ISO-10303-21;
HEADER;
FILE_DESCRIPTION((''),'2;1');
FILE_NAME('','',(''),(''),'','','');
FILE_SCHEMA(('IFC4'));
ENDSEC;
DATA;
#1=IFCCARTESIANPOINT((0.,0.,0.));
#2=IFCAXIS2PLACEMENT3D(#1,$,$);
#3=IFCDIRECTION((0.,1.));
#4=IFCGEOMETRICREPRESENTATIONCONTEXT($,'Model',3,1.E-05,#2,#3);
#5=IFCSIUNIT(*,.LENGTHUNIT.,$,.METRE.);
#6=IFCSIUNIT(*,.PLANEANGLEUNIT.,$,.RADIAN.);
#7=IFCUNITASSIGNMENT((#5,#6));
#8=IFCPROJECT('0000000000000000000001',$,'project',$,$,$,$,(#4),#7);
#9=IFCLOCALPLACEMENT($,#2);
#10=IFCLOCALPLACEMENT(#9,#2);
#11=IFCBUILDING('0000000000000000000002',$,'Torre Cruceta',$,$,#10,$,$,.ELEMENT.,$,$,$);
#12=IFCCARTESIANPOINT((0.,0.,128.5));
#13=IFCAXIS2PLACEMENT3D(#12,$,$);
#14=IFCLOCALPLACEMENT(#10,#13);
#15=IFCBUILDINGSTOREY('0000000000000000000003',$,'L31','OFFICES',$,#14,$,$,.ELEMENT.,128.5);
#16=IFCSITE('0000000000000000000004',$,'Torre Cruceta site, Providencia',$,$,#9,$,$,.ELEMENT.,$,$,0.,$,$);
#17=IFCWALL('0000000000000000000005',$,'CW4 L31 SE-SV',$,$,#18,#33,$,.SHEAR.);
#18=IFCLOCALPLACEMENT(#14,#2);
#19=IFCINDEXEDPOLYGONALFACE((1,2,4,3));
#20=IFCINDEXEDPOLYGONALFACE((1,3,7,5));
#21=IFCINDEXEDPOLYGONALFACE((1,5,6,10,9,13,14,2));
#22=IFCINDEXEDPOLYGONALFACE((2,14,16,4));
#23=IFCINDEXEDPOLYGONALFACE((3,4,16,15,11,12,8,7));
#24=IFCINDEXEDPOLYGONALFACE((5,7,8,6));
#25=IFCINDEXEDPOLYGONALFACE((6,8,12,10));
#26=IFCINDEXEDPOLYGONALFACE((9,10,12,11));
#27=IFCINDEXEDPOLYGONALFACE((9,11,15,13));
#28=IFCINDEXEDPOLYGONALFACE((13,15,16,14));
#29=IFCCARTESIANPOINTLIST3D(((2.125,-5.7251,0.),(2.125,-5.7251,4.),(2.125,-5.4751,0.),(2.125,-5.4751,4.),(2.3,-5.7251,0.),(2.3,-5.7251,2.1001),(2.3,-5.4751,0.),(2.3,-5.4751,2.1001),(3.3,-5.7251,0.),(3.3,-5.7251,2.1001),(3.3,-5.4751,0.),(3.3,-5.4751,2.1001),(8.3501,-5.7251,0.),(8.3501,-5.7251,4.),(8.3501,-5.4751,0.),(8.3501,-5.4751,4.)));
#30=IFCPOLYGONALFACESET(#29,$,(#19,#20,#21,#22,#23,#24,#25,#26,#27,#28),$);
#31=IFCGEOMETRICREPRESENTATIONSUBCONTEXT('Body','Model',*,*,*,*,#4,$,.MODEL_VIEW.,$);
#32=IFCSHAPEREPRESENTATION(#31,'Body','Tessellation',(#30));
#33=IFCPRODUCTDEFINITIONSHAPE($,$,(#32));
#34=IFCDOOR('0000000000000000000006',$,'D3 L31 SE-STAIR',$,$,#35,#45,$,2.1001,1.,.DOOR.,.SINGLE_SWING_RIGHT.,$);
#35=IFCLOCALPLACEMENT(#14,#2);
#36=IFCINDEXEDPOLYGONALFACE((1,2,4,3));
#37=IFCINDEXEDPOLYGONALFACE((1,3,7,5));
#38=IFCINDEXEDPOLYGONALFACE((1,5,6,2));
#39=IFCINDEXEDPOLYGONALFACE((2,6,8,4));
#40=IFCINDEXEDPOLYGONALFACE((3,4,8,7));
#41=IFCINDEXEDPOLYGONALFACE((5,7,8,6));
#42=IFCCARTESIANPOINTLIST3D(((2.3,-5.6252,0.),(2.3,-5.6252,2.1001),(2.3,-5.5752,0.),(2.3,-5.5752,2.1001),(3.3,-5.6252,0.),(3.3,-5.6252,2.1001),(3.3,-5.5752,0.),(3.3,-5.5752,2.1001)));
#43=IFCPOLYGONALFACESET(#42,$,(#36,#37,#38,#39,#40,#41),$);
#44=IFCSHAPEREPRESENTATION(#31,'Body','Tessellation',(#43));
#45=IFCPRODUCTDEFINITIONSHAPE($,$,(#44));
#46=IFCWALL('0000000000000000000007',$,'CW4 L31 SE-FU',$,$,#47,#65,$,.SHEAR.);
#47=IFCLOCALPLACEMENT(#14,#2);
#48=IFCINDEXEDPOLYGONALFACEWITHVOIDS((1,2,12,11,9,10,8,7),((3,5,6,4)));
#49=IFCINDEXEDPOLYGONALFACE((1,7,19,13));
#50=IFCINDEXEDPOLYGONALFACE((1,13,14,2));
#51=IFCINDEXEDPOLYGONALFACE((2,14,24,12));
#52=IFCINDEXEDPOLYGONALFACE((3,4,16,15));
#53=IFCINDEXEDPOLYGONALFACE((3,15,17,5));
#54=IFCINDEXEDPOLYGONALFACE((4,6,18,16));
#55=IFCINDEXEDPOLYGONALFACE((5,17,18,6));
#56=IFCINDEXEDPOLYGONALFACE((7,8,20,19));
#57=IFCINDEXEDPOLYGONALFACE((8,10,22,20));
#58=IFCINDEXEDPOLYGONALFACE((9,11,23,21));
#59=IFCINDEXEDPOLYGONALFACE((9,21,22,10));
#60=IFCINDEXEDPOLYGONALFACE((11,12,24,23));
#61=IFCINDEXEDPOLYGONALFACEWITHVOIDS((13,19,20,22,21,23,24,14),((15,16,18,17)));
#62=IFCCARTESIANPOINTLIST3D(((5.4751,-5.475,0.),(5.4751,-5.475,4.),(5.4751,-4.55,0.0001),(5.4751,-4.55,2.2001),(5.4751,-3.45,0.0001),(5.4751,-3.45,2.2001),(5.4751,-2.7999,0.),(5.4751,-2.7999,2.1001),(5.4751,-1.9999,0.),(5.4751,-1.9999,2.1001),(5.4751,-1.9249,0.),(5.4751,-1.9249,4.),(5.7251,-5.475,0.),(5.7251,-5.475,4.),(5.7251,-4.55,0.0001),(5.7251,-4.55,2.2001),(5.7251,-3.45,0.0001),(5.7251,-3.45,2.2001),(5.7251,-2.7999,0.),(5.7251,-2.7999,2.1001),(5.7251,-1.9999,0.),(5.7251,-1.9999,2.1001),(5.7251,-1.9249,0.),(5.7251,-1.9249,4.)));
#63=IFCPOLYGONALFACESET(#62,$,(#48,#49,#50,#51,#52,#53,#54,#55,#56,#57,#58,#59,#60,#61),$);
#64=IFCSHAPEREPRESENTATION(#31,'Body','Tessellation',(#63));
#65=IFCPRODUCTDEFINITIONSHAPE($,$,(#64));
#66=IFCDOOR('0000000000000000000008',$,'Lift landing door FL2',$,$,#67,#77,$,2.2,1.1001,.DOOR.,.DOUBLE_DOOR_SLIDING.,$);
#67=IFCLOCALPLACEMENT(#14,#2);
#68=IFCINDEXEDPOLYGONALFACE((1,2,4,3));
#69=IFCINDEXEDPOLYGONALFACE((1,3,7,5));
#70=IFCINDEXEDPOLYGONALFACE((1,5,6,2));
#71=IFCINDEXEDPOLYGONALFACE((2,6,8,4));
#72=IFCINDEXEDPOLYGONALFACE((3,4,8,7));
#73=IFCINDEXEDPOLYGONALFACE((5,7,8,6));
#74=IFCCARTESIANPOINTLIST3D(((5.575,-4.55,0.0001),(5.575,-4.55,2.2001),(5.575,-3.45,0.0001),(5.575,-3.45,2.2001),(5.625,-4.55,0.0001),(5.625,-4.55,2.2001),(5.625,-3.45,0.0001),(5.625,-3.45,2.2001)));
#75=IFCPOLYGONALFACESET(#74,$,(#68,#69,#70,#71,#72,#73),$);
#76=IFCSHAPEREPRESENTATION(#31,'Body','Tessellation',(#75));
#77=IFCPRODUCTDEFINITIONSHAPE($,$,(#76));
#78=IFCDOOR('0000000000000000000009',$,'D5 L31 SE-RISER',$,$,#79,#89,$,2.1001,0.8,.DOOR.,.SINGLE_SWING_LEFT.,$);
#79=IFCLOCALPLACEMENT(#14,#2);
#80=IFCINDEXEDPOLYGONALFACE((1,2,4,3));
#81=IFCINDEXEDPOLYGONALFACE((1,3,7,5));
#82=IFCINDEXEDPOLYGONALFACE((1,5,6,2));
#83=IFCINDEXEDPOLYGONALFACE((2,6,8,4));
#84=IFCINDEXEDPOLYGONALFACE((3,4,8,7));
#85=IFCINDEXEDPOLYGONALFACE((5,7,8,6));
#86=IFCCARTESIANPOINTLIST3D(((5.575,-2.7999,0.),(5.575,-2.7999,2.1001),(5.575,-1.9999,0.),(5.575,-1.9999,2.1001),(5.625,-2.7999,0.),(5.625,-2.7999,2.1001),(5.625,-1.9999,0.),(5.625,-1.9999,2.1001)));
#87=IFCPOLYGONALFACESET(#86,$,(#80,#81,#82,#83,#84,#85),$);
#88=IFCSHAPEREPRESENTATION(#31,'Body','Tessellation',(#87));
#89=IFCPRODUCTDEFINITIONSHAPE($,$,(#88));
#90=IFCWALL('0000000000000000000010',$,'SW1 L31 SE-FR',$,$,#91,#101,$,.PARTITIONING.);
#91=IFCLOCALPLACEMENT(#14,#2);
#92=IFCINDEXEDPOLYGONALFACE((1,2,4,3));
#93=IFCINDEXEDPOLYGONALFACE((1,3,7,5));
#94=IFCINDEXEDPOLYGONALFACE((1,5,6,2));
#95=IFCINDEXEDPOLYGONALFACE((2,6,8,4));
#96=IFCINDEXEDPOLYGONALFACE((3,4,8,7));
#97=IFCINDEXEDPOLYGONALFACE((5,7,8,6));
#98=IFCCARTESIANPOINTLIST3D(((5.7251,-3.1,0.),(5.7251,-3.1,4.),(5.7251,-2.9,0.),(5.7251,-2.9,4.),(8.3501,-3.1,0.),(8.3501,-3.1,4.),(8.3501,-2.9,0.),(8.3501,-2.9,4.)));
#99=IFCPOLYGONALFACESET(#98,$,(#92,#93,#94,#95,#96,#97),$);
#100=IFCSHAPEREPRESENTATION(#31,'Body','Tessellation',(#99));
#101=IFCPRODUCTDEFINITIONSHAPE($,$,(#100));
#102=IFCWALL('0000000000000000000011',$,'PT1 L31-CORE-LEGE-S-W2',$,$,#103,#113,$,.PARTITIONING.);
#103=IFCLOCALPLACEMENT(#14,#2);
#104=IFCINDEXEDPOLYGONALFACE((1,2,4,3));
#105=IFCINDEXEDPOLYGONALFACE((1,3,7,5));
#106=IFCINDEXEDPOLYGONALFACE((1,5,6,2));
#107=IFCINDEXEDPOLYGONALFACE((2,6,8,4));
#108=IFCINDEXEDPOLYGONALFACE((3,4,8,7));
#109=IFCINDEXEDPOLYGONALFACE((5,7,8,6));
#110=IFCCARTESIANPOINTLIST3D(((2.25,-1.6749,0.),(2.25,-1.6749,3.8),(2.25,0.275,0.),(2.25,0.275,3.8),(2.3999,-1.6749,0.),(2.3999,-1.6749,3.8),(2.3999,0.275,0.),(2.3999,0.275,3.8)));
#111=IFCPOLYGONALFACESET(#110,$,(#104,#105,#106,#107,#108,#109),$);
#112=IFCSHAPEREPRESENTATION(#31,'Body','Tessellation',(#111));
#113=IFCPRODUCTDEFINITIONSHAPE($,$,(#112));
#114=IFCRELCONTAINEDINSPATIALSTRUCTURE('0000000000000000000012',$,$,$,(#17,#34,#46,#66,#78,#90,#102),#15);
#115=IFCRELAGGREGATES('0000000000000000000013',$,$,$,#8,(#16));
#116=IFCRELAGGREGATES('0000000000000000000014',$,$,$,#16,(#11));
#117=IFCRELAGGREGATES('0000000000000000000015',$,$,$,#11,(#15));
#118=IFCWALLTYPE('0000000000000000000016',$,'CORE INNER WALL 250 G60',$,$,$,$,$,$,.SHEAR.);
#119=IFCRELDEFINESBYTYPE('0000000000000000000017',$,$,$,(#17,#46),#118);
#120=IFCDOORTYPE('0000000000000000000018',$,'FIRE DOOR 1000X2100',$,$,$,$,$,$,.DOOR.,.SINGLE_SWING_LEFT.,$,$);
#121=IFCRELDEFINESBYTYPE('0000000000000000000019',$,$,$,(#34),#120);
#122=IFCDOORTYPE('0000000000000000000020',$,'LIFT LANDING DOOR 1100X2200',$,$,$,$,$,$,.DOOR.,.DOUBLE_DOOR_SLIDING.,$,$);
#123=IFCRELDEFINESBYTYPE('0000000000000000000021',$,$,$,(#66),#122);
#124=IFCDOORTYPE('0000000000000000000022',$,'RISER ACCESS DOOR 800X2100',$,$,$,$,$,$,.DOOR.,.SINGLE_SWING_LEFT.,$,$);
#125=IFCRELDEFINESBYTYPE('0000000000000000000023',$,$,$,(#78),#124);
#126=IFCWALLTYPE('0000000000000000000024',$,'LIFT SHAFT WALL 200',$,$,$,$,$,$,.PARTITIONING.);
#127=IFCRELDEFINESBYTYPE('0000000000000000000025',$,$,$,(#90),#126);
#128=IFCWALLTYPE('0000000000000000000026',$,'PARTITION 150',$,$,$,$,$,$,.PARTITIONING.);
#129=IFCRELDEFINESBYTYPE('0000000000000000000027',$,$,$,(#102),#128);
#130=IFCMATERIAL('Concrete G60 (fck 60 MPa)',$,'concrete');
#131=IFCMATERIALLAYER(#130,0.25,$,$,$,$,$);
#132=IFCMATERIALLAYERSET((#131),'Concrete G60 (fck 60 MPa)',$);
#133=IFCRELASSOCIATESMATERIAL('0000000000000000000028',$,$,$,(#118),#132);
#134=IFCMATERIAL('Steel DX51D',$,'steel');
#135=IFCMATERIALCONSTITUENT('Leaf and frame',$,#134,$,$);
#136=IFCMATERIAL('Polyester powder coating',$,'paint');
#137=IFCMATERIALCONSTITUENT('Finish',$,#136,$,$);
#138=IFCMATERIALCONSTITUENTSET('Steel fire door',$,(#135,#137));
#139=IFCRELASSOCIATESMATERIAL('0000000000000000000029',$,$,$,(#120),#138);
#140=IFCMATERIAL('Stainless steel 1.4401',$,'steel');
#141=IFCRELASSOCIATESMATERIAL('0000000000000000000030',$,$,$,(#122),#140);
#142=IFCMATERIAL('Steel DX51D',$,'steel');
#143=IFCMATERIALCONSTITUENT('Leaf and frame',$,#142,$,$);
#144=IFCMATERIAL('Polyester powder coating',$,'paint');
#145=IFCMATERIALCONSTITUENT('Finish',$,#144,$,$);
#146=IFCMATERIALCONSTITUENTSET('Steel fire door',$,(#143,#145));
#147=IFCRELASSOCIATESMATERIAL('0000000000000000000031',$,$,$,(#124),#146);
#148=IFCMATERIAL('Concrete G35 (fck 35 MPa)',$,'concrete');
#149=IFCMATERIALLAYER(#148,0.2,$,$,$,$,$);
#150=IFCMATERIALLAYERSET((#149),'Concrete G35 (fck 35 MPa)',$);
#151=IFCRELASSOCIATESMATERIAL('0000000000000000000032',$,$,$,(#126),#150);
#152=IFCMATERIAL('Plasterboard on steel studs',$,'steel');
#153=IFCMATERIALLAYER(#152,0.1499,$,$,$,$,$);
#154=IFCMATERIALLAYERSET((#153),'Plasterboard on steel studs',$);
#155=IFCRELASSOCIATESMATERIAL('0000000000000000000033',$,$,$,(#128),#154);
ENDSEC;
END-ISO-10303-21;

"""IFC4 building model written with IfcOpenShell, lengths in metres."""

from ifc_helpers import new_model, si_unit, direction, frame, frame_2d, origin, place, context, subcontext, project, spatial, rectangle, extrude, material, layer, layer_set, constituent, constituent_set, type_object, element, fill, save


model = new_model("IFC4")

# Units and contexts
model_context = context("Model", 3, precision=1e-05, world=origin(), true_north=direction((0.0, 1.0)))
body_context = subcontext(model_context, "Body", "Model", "MODEL_VIEW")
ifc_project = project(units=[si_unit("LENGTHUNIT", "METRE"), si_unit("PLANEANGLEUNIT", "RADIAN")], contexts=[model_context])

# Site, building, storey
site_placement = place(None, origin())
site = spatial("IfcSite", under=ifc_project, at=site_placement, Name="Torre Cruceta site, Providencia", CompositionType="ELEMENT", RefElevation=0.0)
building_placement = place(site_placement, origin())
building = spatial("IfcBuilding", under=site, at=building_placement, Name="Torre Cruceta", CompositionType="ELEMENT")
storey_placement = place(building_placement, frame((0.0, 0.0, 128.5)))
storey = spatial("IfcBuildingStorey", under=building, at=storey_placement, Name="L31", Description="OFFICES", CompositionType="ELEMENT", Elevation=128.5)

# Shared definitions
ifc_material_1 = material(Name="Concrete G60 (fck 60 MPa)", Category="concrete")
ifc_layer_1 = layer(ifc_material_1, 0.25)
ifc_layer_set_1 = layer_set([ifc_layer_1], Name="Concrete G60 (fck 60 MPa)")
wall_type_1 = type_object("IfcWallType", Name="CORE INNER WALL 250 G60", PredefinedType="SHEAR", material=ifc_layer_set_1)
ifc_material_2 = material(Name="Steel DX51D", Category="steel")
ifc_constituent_1 = constituent(ifc_material_2, Name="Leaf and frame")
ifc_material_3 = material(Name="Polyester powder coating", Category="paint")
ifc_constituent_2 = constituent(ifc_material_3, Name="Finish")
ifc_constituent_set_1 = constituent_set(constituents=[ifc_constituent_1, ifc_constituent_2], Name="Steel fire door")
door_type_1 = type_object("IfcDoorType", Name="FIRE DOOR 1000X2100", OperationType="SINGLE_SWING_LEFT", PredefinedType="DOOR", material=ifc_constituent_set_1)

# Wall, opening, door
wall_1_placement = place(storey_placement, frame((2.125, -5.6001, 0.0), z_axis=(0.0, 0.0, 1.0), x_axis=(1.0, 0.0, 0.0)))
wall_1 = element("IfcWall", 1, at=wall_1_placement, inside=storey, type_object=wall_type_1, Name="CW4 L31 SE-SV", PredefinedType="SHEAR", context=body_context, shape_type="SweptSolid", body=[
    extrude(rectangle(XDim=6.2251, YDim=0.25, at=frame_2d((3.1125, 0.0))), origin(), (0.0, 0.0, 1.0), 4.0),
])
opening_1_placement = place(wall_1_placement, frame((0.175, 0.0, 0.0)))
opening_1 = element("IfcOpeningElement", 2, at=opening_1_placement, cuts=wall_1, PredefinedType="OPENING", context=body_context, shape_type="SweptSolid", body=[
    extrude(rectangle(XDim=1.0, YDim=2.1001, at=frame_2d((0.5, 1.05))), frame((0.0, 0.135, 0.0), z_axis=(0.0, -1.0, 0.0), x_axis=(1.0, 0.0, 0.0)), (0.0, 0.0, 1.0), 0.27),
])
door_1_placement = place(opening_1_placement, frame((1.0, 0.0, 0.0), z_axis=(0.0, 0.0, 1.0), x_axis=(-1.0, 0.0, 0.0)))
door_1 = element("IfcDoor", 3, at=door_1_placement, inside=storey, type_object=door_type_1, Name="D3 L31 SE-STAIR", OperationType="SINGLE_SWING_RIGHT", OverallHeight=2.1001, OverallWidth=1.0, PredefinedType="DOOR", context=body_context, shape_type="SweptSolid", body=[
    extrude(rectangle(XDim=1.0, YDim=2.1001, at=frame_2d((0.5, 1.05))), frame((0.0, 0.0251, 0.0), z_axis=(0.0, -1.0, 0.0), x_axis=(1.0, 0.0, 0.0)), (0.0, 0.0, 1.0), 0.05),
])
fill(opening_1, door_1)

# Wall, openings, doors
wall_2_placement = place(storey_placement, frame((5.6001, -1.925, 0.0), z_axis=(0.0, 0.0, 1.0), x_axis=(0.0, -1.0, 0.0)))
wall_2 = element("IfcWall", 4, at=wall_2_placement, inside=storey, type_object=wall_type_1, Name="CW4 L31 SE-FU", PredefinedType="SHEAR", context=body_context, shape_type="SweptSolid", body=[
    extrude(rectangle(XDim=3.55, YDim=0.25, at=frame_2d((1.7749, 0.0))), origin(), (0.0, 0.0, 1.0), 4.0),
])
opening_2_placement = place(wall_2_placement, frame((1.5249, 0.0, 0.0)))
opening_2 = element("IfcOpeningElement", 5, at=opening_2_placement, cuts=wall_2, PredefinedType="OPENING", context=body_context, shape_type="SweptSolid", body=[
    extrude(rectangle(XDim=1.1001, YDim=2.2, at=frame_2d((0.55, 1.1001))), frame((0.0, 0.135, 0.0), z_axis=(0.0, -1.0, 0.0), x_axis=(1.0, 0.0, 0.0)), (0.0, 0.0, 1.0), 0.27),
])
opening_3_placement = place(wall_2_placement, frame((0.075, 0.0, 0.0)))
opening_3 = element("IfcOpeningElement", 6, at=opening_3_placement, cuts=wall_2, PredefinedType="OPENING", context=body_context, shape_type="SweptSolid", body=[
    extrude(rectangle(XDim=0.8, YDim=2.1001, at=frame_2d((0.3999, 1.05))), frame((0.0, 0.135, 0.0), z_axis=(0.0, -1.0, 0.0), x_axis=(1.0, 0.0, 0.0)), (0.0, 0.0, 1.0), 0.27),
])
ifc_material_4 = material(Name="Stainless steel 1.4401", Category="steel")
door_type_2 = type_object("IfcDoorType", Name="LIFT LANDING DOOR 1100X2200", OperationType="DOUBLE_DOOR_SLIDING", PredefinedType="DOOR", material=ifc_material_4)
door_2_placement = place(opening_2_placement, origin())
door_2 = element("IfcDoor", 7, at=door_2_placement, inside=storey, type_object=door_type_2, Name="Lift landing door FL2", OperationType="DOUBLE_DOOR_SLIDING", OverallHeight=2.2, OverallWidth=1.1001, PredefinedType="DOOR", context=body_context, shape_type="SweptSolid", body=[
    extrude(rectangle(XDim=1.1001, YDim=2.2, at=frame_2d((0.55, 1.1001))), frame((0.0, 0.0249, 0.0), z_axis=(0.0, -1.0, 0.0), x_axis=(1.0, 0.0, 0.0)), (0.0, 0.0, 1.0), 0.05),
])
fill(opening_2, door_2)
ifc_material_5 = material(Name="Steel DX51D", Category="steel")
ifc_constituent_3 = constituent(ifc_material_5, Name="Leaf and frame")
ifc_material_6 = material(Name="Polyester powder coating", Category="paint")
ifc_constituent_4 = constituent(ifc_material_6, Name="Finish")
ifc_constituent_set_2 = constituent_set(constituents=[ifc_constituent_3, ifc_constituent_4], Name="Steel fire door")
door_type_3 = type_object("IfcDoorType", Name="RISER ACCESS DOOR 800X2100", OperationType="SINGLE_SWING_LEFT", PredefinedType="DOOR", material=ifc_constituent_set_2)
door_3_placement = place(opening_3_placement, origin())
door_3 = element("IfcDoor", 8, at=door_3_placement, inside=storey, type_object=door_type_3, Name="D5 L31 SE-RISER", OperationType="SINGLE_SWING_LEFT", OverallHeight=2.1001, OverallWidth=0.8, PredefinedType="DOOR", context=body_context, shape_type="SweptSolid", body=[
    extrude(rectangle(XDim=0.8, YDim=2.1001, at=frame_2d((0.3999, 1.05))), frame((0.0, 0.0249, 0.0), z_axis=(0.0, -1.0, 0.0), x_axis=(1.0, 0.0, 0.0)), (0.0, 0.0, 1.0), 0.05),
])
fill(opening_3, door_3)

# Walls
ifc_material_7 = material(Name="Concrete G35 (fck 35 MPa)", Category="concrete")
ifc_layer_2 = layer(ifc_material_7, 0.2)
ifc_layer_set_2 = layer_set([ifc_layer_2], Name="Concrete G35 (fck 35 MPa)")
wall_type_2 = type_object("IfcWallType", Name="LIFT SHAFT WALL 200", PredefinedType="PARTITIONING", material=ifc_layer_set_2)
wall_3_placement = place(storey_placement, frame((5.7251, -3.0, 0.0), z_axis=(0.0, 0.0, 1.0), x_axis=(1.0, 0.0, 0.0)))
element("IfcWall", 9, at=wall_3_placement, inside=storey, type_object=wall_type_2, Name="SW1 L31 SE-FR", PredefinedType="PARTITIONING", context=body_context, shape_type="SweptSolid", body=[
    extrude(rectangle(XDim=2.625, YDim=0.2, at=frame_2d((1.3125, 0.0))), origin(), (0.0, 0.0, 1.0), 4.0),
])
ifc_material_8 = material(Name="Plasterboard on steel studs", Category="steel")
ifc_layer_3 = layer(ifc_material_8, 0.1499)
ifc_layer_set_3 = layer_set([ifc_layer_3], Name="Plasterboard on steel studs")
wall_type_3 = type_object("IfcWallType", Name="PARTITION 150", PredefinedType="PARTITIONING", material=ifc_layer_set_3)
wall_4_placement = place(storey_placement, frame((2.325, -1.675, 0.0), z_axis=(0.0, 0.0, 1.0), x_axis=(0.0, 1.0, 0.0)))
element("IfcWall", 10, at=wall_4_placement, inside=storey, type_object=wall_type_3, Name="PT1 L31-CORE-LEGE-S-W2", PredefinedType="PARTITIONING", context=body_context, shape_type="SweptSolid", body=[
    extrude(rectangle(XDim=1.95, YDim=0.1499, at=frame_2d((0.9751, 0.0))), origin(), (0.0, 0.0, 1.0), 3.8),
])

save(model, "model.ifc")
